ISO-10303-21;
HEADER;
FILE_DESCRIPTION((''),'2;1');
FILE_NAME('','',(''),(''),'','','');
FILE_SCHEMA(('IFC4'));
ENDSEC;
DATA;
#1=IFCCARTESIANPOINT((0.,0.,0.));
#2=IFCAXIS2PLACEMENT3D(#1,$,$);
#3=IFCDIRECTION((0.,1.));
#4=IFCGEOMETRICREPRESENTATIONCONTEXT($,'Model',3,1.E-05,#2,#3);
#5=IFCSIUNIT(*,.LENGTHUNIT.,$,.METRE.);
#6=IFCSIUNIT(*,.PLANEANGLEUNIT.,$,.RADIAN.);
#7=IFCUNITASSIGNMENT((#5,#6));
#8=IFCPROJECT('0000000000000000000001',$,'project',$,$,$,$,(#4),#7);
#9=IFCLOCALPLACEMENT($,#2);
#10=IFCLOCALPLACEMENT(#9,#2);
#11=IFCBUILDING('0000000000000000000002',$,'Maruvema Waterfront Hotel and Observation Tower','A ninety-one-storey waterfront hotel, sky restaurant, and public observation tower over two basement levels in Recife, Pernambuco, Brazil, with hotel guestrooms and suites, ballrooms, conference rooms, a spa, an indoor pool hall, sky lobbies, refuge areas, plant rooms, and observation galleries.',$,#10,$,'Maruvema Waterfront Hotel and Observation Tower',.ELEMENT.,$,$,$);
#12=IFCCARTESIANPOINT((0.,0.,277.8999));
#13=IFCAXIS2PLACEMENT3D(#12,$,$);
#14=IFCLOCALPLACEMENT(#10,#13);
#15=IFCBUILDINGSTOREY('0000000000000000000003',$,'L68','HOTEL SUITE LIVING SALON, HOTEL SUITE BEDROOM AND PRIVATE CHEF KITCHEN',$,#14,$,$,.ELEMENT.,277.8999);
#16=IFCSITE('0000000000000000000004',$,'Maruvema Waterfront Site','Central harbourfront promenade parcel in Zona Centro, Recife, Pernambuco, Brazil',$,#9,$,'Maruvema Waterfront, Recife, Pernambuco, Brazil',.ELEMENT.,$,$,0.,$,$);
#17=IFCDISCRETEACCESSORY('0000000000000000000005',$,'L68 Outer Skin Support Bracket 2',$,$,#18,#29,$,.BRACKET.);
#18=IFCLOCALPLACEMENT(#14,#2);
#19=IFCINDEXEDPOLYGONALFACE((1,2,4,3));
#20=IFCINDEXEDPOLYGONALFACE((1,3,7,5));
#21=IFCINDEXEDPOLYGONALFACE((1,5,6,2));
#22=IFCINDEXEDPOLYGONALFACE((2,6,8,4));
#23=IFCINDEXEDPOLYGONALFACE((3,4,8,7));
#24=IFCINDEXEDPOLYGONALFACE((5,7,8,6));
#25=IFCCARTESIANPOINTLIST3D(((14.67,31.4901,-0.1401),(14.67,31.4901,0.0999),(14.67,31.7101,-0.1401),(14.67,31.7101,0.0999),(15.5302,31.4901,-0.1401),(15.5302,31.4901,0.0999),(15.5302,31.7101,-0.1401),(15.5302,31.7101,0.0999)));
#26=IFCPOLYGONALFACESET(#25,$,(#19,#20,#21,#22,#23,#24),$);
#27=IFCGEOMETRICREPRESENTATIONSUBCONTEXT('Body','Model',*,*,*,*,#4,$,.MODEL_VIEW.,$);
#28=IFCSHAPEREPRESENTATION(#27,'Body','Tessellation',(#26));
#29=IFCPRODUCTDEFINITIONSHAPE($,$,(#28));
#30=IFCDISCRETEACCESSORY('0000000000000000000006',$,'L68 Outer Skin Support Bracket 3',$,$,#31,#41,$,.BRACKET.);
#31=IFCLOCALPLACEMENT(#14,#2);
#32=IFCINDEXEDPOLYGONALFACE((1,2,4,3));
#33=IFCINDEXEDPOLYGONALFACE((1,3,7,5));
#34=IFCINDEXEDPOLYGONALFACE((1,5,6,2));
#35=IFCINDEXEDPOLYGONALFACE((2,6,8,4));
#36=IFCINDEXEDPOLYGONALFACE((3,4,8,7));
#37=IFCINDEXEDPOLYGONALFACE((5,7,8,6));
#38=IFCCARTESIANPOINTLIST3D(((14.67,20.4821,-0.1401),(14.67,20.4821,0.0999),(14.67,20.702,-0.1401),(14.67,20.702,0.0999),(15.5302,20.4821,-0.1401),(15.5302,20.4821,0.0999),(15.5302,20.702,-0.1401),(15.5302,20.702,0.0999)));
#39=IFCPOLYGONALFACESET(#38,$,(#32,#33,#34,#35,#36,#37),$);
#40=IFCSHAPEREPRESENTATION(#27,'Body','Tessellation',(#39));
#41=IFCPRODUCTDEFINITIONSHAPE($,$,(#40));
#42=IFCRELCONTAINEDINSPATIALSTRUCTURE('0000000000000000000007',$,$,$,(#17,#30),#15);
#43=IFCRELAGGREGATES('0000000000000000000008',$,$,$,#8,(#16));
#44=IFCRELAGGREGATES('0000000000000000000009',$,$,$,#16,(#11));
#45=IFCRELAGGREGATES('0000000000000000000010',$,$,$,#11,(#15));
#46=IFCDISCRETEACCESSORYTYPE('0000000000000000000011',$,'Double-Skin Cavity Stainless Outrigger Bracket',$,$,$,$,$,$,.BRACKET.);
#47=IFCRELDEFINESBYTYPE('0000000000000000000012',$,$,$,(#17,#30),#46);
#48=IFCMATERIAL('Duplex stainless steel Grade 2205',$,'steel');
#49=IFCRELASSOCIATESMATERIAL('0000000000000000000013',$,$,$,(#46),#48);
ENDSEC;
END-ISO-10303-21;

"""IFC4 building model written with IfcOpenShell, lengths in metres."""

from ifc_helpers import new_model, si_unit, direction, frame, origin, origin_2d, place, context, subcontext, project, spatial, rectangle, extrude, material, type_object, element, save


model = new_model("IFC4")

# Units and contexts
model_context = context("Model", 3, precision=1e-05, world=origin(), true_north=direction((0.0, 1.0)))
body_context = subcontext(model_context, "Body", "Model", "MODEL_VIEW")
ifc_project = project(units=[si_unit("LENGTHUNIT", "METRE"), si_unit("PLANEANGLEUNIT", "RADIAN")], contexts=[model_context])

# Site, building, storey
site_placement = place(None, origin())
site = spatial("IfcSite", under=ifc_project, at=site_placement, Name="Maruvema Waterfront Site", Description="Central harbourfront promenade parcel in Zona Centro, Recife, Pernambuco, Brazil", LongName="Maruvema Waterfront, Recife, Pernambuco, Brazil", CompositionType="ELEMENT", RefElevation=0.0)
building_placement = place(site_placement, origin())
building = spatial("IfcBuilding", under=site, at=building_placement, Name="Maruvema Waterfront Hotel and Observation Tower", Description="A ninety-one-storey waterfront hotel, sky restaurant, and public observation tower over two basement levels in Recife, Pernambuco, Brazil, with hotel guestrooms and suites, ballrooms, conference rooms, a spa, an indoor pool hall, sky lobbies, refuge areas, plant rooms, and observation galleries.", LongName="Maruvema Waterfront Hotel and Observation Tower", CompositionType="ELEMENT")
storey_placement = place(building_placement, frame((0.0, 0.0, 277.8999)))
storey = spatial("IfcBuildingStorey", under=building, at=storey_placement, Name="L68", Description="HOTEL SUITE LIVING SALON, HOTEL SUITE BEDROOM AND PRIVATE CHEF KITCHEN", CompositionType="ELEMENT", Elevation=277.8999)

# Discrete accessories
ifc_material_1 = material(Name="Duplex stainless steel Grade 2205", Category="steel")
discrete_accessory_type = type_object("IfcDiscreteAccessoryType", Name="Double-Skin Cavity Stainless Outrigger Bracket", PredefinedType="BRACKET", material=ifc_material_1)
for number, where, z_axis, x_axis, name in (
    (1, (15.1001, 31.6001, -0.1401), (0.0, 0.0, 1.0), (0.0, -1.0, 0.0), "L68 Outer Skin Support Bracket 2"),
    (2, (15.1001, 20.592, -0.1401), (0.0, 0.0, 1.0), (0.0, -1.0, 0.0), "L68 Outer Skin Support Bracket 3"),
):
    element("IfcDiscreteAccessory", number, at=place(storey_placement, frame(where, z_axis=z_axis, x_axis=x_axis)), inside=storey, type_object=discrete_accessory_type, Name=name, PredefinedType="BRACKET", context=body_context, shape_type="SweptSolid", body=[
        extrude(rectangle(XDim=0.22, YDim=0.8601, at=origin_2d()), origin(), (0.0, 0.0, 1.0), 0.24),
    ])

save(model, "model.ifc")
